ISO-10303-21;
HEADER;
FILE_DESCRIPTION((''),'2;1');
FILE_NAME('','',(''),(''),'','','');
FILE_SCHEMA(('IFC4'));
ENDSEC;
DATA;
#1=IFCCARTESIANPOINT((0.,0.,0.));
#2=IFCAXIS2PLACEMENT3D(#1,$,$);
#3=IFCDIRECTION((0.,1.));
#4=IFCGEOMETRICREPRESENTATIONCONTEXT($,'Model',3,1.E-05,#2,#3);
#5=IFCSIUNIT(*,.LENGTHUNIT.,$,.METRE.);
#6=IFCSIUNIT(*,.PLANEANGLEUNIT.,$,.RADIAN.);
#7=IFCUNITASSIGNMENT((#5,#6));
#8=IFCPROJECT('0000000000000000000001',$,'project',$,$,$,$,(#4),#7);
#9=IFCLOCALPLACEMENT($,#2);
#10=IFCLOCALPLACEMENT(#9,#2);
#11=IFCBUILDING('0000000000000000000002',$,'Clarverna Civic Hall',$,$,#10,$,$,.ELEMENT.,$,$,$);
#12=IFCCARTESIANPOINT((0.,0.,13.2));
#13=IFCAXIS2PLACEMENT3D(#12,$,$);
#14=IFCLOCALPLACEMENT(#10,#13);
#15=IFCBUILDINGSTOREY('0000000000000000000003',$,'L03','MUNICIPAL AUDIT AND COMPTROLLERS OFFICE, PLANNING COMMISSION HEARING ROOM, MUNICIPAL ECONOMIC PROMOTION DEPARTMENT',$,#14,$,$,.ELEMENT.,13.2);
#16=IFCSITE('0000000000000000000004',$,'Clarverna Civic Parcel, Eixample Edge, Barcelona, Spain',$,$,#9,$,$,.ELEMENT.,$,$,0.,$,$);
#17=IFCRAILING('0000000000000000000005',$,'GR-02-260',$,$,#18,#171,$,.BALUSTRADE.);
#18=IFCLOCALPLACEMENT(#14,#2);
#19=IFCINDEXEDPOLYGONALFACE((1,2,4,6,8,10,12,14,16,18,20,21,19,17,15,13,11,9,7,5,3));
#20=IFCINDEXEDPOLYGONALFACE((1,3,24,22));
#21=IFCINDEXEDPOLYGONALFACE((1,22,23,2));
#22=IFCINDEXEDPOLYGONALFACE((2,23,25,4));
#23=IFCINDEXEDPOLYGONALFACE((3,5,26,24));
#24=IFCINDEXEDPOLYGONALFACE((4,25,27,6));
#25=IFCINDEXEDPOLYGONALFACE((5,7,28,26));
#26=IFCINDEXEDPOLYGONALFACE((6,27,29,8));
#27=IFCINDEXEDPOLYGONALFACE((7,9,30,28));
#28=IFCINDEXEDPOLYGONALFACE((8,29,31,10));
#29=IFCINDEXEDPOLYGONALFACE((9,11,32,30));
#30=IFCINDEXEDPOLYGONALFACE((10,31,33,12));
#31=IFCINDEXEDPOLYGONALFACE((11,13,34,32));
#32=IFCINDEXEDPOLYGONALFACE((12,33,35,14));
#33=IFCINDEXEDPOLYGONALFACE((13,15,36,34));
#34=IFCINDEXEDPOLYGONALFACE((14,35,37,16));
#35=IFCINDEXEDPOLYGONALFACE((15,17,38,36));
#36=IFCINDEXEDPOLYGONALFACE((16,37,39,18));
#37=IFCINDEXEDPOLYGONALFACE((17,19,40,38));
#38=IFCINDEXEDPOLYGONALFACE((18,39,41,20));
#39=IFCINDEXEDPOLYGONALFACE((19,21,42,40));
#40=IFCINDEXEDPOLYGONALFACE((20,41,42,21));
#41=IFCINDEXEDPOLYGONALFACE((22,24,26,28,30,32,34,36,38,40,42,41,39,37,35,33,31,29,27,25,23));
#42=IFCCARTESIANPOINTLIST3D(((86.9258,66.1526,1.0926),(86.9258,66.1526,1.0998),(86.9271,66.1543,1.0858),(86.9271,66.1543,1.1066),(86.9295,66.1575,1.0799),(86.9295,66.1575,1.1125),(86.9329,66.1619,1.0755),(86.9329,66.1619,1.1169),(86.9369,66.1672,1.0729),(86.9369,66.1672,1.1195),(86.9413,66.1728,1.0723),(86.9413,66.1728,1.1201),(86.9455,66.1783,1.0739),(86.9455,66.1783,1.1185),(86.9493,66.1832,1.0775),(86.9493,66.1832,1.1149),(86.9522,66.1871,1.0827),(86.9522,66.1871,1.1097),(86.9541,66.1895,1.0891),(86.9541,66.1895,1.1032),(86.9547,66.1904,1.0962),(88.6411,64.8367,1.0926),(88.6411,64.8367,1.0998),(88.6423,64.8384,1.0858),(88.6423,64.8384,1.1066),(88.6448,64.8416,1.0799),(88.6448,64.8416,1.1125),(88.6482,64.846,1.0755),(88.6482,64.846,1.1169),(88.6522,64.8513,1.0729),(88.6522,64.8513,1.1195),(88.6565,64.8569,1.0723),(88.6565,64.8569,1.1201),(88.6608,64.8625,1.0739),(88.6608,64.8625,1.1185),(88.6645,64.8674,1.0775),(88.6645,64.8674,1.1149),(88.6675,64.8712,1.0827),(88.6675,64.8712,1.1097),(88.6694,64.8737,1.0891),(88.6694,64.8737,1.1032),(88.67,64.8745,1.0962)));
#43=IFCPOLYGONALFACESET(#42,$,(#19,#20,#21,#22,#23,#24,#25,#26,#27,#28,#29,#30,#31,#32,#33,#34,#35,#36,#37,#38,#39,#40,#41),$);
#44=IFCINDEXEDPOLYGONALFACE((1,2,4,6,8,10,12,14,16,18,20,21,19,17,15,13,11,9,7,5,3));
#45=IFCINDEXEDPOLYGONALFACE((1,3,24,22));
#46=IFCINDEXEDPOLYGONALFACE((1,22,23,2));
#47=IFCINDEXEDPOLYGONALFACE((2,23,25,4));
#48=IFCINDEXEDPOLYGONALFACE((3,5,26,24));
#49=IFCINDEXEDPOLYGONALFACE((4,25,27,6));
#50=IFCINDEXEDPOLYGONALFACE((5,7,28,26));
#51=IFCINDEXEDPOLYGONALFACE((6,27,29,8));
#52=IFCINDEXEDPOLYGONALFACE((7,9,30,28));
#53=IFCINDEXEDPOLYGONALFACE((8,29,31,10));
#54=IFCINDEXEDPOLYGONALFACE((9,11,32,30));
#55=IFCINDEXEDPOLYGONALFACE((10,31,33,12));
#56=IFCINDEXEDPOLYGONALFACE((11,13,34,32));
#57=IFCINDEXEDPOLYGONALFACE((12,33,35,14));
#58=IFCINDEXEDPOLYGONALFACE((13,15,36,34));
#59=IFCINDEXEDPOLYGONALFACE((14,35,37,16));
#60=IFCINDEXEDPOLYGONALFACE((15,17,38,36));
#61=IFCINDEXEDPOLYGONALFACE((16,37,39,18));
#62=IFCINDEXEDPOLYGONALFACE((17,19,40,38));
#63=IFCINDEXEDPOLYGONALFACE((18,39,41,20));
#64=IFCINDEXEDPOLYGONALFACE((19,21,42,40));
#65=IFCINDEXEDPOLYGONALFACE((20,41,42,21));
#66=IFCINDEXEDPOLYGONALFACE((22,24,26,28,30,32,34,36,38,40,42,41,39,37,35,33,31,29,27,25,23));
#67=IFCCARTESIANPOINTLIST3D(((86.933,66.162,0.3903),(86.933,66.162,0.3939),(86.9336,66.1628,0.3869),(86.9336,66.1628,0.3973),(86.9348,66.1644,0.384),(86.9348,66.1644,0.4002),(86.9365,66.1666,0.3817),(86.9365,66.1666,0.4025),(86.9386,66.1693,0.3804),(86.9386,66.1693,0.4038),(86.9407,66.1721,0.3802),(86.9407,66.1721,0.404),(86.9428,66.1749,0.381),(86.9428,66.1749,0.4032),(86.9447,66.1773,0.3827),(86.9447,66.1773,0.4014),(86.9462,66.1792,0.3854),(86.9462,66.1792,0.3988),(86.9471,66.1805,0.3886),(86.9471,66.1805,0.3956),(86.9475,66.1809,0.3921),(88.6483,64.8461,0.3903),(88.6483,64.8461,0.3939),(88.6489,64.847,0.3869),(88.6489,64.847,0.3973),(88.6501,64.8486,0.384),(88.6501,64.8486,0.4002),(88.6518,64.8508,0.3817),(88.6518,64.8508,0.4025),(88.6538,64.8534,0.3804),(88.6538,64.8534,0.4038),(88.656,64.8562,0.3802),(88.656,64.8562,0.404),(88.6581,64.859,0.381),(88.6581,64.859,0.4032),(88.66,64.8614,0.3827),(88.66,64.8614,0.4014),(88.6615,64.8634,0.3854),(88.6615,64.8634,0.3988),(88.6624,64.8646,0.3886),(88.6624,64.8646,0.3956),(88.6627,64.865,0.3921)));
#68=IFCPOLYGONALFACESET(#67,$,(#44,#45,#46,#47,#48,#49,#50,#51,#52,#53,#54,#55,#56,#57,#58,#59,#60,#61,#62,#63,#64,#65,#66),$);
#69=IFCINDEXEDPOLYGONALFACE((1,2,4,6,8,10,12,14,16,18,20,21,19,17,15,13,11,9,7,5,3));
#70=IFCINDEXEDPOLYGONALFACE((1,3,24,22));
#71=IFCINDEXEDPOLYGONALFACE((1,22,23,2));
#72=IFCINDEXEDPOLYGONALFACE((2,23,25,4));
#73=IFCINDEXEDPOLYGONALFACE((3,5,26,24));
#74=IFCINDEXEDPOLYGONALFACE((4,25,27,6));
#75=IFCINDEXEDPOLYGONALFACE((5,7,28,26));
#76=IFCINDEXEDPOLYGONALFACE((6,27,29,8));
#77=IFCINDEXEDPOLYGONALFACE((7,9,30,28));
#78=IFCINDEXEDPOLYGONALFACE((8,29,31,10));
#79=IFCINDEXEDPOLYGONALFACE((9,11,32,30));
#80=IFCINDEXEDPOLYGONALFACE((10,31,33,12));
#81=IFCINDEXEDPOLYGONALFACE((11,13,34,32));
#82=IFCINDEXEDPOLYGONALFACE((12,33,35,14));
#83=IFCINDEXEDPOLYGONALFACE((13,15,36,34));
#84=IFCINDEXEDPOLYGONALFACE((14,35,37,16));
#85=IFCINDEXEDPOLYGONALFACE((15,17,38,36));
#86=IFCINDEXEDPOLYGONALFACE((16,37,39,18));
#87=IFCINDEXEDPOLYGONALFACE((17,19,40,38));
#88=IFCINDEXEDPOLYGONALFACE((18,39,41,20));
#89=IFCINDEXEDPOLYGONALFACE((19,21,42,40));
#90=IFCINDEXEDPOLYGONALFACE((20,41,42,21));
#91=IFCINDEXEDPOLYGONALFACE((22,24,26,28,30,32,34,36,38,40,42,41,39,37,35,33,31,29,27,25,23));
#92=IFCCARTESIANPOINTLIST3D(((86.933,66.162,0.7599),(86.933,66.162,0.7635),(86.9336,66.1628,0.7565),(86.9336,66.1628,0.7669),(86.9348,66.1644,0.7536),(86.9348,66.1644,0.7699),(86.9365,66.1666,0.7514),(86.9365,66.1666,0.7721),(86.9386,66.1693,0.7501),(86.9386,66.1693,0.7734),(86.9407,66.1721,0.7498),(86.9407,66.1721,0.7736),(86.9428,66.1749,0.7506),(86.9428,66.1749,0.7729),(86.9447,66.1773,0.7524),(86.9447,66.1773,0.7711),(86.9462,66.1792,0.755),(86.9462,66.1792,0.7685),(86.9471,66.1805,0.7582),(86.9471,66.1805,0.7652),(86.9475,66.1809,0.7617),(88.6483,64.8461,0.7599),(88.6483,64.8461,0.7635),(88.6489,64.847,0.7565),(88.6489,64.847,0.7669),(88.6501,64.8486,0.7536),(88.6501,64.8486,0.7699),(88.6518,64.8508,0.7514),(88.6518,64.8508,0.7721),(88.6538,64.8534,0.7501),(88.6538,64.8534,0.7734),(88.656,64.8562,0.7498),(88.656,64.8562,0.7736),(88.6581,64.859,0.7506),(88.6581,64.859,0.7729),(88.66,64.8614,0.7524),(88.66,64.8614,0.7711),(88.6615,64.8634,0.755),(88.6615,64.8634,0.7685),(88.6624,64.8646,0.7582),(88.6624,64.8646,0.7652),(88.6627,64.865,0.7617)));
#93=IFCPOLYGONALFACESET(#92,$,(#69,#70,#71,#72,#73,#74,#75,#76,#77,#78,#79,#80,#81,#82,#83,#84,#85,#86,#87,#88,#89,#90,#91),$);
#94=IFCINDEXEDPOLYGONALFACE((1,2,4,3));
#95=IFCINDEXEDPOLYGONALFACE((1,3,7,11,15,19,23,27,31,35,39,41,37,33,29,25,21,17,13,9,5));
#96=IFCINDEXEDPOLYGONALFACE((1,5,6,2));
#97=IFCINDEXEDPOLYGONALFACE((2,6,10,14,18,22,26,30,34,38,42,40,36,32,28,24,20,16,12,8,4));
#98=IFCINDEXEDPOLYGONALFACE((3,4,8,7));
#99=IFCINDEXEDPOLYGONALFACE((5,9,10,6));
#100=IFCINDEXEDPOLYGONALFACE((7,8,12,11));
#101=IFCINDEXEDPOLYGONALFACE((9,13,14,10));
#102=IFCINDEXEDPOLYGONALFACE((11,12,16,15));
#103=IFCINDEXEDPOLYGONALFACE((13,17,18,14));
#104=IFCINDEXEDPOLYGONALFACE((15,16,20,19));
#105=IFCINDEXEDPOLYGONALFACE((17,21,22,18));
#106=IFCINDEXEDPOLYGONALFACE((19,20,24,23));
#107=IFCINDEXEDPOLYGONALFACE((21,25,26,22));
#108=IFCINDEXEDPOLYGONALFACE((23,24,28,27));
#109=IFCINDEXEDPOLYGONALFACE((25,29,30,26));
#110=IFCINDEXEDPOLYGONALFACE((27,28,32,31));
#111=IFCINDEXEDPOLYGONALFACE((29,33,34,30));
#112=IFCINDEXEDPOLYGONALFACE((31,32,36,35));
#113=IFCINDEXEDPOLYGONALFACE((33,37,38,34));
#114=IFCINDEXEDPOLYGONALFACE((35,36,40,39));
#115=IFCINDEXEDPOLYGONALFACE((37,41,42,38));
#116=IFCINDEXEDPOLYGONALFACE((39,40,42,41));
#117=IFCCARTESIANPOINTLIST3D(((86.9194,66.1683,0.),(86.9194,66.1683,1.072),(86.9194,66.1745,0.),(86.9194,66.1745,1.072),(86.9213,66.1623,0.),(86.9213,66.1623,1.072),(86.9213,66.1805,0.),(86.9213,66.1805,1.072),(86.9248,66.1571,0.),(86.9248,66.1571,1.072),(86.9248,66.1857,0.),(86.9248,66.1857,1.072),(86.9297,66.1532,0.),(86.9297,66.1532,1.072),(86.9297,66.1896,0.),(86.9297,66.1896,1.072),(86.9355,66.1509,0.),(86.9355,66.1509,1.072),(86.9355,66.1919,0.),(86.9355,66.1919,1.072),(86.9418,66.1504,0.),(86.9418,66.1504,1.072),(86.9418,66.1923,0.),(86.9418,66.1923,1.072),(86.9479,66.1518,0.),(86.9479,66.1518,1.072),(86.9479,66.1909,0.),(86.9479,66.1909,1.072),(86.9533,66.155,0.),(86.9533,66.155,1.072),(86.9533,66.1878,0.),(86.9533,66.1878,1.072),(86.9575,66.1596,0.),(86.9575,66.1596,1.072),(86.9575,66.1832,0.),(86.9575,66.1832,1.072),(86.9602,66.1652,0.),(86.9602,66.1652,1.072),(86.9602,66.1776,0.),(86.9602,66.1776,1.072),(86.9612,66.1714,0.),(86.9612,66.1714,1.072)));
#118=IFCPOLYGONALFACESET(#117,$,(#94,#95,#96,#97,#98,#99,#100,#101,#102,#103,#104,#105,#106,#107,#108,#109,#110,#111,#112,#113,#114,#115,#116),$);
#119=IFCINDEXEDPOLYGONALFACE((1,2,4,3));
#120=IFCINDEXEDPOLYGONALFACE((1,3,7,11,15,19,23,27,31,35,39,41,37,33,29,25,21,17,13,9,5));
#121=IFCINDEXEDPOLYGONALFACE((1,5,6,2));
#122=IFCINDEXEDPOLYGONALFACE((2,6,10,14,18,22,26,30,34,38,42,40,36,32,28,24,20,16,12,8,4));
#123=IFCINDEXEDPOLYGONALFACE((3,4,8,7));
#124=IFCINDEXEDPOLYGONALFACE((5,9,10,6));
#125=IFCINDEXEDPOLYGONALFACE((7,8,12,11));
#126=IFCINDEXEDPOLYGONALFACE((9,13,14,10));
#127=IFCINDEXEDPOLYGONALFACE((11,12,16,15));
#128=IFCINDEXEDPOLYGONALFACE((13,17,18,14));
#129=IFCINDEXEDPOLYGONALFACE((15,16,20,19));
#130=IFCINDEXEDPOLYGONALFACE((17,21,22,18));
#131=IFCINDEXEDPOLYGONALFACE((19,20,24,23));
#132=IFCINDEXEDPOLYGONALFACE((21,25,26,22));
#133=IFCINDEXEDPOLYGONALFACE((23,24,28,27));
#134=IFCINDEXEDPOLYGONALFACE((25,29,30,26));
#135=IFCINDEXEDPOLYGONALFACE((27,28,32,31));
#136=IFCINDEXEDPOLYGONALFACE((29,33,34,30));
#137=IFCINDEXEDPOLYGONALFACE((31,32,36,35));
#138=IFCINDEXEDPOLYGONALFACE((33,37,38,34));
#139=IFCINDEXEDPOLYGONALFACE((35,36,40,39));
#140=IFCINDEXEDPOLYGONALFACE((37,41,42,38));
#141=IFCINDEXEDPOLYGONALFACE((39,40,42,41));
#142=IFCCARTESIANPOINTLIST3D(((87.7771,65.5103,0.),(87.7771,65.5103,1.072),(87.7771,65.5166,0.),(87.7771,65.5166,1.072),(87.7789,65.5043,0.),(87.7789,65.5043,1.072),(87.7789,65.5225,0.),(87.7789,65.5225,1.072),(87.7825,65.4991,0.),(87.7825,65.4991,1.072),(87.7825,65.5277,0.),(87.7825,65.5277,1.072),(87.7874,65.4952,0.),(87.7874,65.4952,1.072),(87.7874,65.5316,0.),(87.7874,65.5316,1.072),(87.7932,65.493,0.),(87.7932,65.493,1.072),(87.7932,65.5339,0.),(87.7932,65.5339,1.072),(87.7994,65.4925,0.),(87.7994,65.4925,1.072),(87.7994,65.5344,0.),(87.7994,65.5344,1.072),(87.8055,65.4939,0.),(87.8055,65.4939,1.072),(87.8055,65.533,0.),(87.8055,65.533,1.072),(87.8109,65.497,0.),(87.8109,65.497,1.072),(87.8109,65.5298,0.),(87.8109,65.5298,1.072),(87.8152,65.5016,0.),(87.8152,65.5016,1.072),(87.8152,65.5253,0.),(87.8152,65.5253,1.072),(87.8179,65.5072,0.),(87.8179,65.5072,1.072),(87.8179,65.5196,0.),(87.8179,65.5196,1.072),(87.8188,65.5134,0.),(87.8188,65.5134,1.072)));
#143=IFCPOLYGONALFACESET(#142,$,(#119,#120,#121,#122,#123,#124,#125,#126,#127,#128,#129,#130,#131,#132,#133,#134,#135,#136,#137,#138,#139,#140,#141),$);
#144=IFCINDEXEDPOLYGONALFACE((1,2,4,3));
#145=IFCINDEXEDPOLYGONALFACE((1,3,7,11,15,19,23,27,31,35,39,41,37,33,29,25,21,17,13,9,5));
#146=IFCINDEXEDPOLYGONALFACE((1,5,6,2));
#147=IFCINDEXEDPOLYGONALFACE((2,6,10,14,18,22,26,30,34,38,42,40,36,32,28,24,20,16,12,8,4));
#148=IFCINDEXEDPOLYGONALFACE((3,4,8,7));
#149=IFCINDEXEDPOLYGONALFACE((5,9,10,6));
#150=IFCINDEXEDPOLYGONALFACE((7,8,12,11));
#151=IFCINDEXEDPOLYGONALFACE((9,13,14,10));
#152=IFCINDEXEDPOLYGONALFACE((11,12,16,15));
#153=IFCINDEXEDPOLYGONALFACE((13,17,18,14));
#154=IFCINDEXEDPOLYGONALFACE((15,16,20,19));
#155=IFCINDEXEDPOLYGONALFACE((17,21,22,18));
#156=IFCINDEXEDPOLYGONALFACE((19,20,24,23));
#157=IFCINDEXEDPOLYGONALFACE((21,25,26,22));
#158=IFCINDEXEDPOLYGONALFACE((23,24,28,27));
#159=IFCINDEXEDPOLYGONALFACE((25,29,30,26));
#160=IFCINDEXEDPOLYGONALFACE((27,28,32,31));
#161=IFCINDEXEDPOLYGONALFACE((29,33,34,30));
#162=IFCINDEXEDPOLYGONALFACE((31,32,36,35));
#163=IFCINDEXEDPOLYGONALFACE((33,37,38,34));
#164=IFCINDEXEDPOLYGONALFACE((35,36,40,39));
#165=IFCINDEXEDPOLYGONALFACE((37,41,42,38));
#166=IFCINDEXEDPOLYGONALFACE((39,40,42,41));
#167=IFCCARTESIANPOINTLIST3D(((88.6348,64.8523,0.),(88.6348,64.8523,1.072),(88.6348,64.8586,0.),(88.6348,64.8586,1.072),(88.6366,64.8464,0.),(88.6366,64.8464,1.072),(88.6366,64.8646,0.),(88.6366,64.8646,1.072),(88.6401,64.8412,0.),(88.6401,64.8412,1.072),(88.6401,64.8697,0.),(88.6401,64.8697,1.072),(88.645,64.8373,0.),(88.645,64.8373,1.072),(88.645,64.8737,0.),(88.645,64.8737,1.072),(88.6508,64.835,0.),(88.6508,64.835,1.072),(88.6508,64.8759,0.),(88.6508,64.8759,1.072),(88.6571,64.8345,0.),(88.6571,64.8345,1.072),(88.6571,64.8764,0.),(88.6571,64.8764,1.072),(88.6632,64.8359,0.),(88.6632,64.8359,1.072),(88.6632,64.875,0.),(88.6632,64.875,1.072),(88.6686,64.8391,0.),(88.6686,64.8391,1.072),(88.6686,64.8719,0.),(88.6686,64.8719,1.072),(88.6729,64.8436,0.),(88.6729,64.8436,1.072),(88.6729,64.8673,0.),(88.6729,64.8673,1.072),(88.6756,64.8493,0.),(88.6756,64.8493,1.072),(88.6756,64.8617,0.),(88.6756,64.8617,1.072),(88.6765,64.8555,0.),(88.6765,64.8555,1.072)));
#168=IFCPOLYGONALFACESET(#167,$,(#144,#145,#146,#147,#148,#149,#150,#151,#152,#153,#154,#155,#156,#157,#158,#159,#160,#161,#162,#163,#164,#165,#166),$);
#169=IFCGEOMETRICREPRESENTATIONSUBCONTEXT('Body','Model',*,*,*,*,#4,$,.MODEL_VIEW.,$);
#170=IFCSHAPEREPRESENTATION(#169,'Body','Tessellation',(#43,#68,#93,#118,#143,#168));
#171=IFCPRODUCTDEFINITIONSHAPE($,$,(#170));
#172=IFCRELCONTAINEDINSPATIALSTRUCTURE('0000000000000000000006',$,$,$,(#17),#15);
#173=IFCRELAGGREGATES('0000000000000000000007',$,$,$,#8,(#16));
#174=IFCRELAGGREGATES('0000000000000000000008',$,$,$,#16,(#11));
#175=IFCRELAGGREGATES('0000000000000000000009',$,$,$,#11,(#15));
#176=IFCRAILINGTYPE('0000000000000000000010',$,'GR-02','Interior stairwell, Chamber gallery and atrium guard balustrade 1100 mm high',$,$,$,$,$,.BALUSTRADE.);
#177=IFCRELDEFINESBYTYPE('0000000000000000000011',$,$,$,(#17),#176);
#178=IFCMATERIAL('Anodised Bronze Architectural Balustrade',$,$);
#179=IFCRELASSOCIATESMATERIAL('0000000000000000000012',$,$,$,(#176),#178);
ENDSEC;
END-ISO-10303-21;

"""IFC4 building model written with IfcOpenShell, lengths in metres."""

from ifc_helpers import new_model, si_unit, direction, frame, origin, origin_2d, place, context, subcontext, project, spatial, circle, extrude, material, type_object, element, save


model = new_model("IFC4")

# Units and contexts
model_context = context("Model", 3, precision=1e-05, world=origin(), true_north=direction((0.0, 1.0)))
body_context = subcontext(model_context, "Body", "Model", "MODEL_VIEW")
ifc_project = project(units=[si_unit("LENGTHUNIT", "METRE"), si_unit("PLANEANGLEUNIT", "RADIAN")], contexts=[model_context])

# Site, building, storey
site_placement = place(None, origin())
site = spatial("IfcSite", under=ifc_project, at=site_placement, Name="Clarverna Civic Parcel, Eixample Edge, Barcelona, Spain", CompositionType="ELEMENT", RefElevation=0.0)
building_placement = place(site_placement, origin())
building = spatial("IfcBuilding", under=site, at=building_placement, Name="Clarverna Civic Hall", CompositionType="ELEMENT")
storey_placement = place(building_placement, frame((0.0, 0.0, 13.2)))
storey = spatial("IfcBuildingStorey", under=building, at=storey_placement, Name="L03", Description="MUNICIPAL AUDIT AND COMPTROLLERS OFFICE, PLANNING COMMISSION HEARING ROOM, MUNICIPAL ECONOMIC PROMOTION DEPARTMENT", CompositionType="ELEMENT", Elevation=13.2)

# Railing
ifc_material_1 = material(Name="Anodised Bronze Architectural Balustrade")
railing_type_1 = type_object("IfcRailingType", Name="GR-02", Description="Interior stairwell, Chamber gallery and atrium guard balustrade 1100 mm high", PredefinedType="BALUSTRADE", material=ifc_material_1)
railing_1_placement = place(storey_placement, frame((86.9402, 66.1714, 0.0)))
element("IfcRailing", 1, at=railing_1_placement, inside=storey, type_object=railing_type_1, Name="GR-02-260", PredefinedType="BALUSTRADE", context=body_context, shape_type="SweptSolid", body=[
    extrude(circle(Radius=0.0239, at=origin_2d()), frame((0.0, 0.0, 1.0962), z_axis=(0.793421, -0.608673, 0.0), x_axis=(0.608673, 0.793421, 0.0)), (0.0, 0.0, 1.0), 2.1619),
    extrude(circle(Radius=0.012, at=origin_2d()), frame((0.0, 0.0, 0.3921), z_axis=(0.793421, -0.608673, 0.0), x_axis=(0.608673, 0.793421, 0.0)), (0.0, 0.0, 1.0), 2.1619),
    extrude(circle(Radius=0.012, at=origin_2d()), frame((0.0, 0.0, 0.7617), z_axis=(0.793421, -0.608673, 0.0), x_axis=(0.608673, 0.793421, 0.0)), (0.0, 0.0, 1.0), 2.1619),
    extrude(circle(Radius=0.021, at=origin_2d()), origin(), (0.0, 0.0, 1.0), 1.072),
    extrude(circle(Radius=0.021, at=origin_2d()), frame((0.8577, -0.658, 0.0)), (0.0, 0.0, 1.0), 1.072),
    extrude(circle(Radius=0.021, at=origin_2d()), frame((1.7153, -1.3159, 0.0)), (0.0, 0.0, 1.0), 1.072),
])

save(model, "model.ifc")
